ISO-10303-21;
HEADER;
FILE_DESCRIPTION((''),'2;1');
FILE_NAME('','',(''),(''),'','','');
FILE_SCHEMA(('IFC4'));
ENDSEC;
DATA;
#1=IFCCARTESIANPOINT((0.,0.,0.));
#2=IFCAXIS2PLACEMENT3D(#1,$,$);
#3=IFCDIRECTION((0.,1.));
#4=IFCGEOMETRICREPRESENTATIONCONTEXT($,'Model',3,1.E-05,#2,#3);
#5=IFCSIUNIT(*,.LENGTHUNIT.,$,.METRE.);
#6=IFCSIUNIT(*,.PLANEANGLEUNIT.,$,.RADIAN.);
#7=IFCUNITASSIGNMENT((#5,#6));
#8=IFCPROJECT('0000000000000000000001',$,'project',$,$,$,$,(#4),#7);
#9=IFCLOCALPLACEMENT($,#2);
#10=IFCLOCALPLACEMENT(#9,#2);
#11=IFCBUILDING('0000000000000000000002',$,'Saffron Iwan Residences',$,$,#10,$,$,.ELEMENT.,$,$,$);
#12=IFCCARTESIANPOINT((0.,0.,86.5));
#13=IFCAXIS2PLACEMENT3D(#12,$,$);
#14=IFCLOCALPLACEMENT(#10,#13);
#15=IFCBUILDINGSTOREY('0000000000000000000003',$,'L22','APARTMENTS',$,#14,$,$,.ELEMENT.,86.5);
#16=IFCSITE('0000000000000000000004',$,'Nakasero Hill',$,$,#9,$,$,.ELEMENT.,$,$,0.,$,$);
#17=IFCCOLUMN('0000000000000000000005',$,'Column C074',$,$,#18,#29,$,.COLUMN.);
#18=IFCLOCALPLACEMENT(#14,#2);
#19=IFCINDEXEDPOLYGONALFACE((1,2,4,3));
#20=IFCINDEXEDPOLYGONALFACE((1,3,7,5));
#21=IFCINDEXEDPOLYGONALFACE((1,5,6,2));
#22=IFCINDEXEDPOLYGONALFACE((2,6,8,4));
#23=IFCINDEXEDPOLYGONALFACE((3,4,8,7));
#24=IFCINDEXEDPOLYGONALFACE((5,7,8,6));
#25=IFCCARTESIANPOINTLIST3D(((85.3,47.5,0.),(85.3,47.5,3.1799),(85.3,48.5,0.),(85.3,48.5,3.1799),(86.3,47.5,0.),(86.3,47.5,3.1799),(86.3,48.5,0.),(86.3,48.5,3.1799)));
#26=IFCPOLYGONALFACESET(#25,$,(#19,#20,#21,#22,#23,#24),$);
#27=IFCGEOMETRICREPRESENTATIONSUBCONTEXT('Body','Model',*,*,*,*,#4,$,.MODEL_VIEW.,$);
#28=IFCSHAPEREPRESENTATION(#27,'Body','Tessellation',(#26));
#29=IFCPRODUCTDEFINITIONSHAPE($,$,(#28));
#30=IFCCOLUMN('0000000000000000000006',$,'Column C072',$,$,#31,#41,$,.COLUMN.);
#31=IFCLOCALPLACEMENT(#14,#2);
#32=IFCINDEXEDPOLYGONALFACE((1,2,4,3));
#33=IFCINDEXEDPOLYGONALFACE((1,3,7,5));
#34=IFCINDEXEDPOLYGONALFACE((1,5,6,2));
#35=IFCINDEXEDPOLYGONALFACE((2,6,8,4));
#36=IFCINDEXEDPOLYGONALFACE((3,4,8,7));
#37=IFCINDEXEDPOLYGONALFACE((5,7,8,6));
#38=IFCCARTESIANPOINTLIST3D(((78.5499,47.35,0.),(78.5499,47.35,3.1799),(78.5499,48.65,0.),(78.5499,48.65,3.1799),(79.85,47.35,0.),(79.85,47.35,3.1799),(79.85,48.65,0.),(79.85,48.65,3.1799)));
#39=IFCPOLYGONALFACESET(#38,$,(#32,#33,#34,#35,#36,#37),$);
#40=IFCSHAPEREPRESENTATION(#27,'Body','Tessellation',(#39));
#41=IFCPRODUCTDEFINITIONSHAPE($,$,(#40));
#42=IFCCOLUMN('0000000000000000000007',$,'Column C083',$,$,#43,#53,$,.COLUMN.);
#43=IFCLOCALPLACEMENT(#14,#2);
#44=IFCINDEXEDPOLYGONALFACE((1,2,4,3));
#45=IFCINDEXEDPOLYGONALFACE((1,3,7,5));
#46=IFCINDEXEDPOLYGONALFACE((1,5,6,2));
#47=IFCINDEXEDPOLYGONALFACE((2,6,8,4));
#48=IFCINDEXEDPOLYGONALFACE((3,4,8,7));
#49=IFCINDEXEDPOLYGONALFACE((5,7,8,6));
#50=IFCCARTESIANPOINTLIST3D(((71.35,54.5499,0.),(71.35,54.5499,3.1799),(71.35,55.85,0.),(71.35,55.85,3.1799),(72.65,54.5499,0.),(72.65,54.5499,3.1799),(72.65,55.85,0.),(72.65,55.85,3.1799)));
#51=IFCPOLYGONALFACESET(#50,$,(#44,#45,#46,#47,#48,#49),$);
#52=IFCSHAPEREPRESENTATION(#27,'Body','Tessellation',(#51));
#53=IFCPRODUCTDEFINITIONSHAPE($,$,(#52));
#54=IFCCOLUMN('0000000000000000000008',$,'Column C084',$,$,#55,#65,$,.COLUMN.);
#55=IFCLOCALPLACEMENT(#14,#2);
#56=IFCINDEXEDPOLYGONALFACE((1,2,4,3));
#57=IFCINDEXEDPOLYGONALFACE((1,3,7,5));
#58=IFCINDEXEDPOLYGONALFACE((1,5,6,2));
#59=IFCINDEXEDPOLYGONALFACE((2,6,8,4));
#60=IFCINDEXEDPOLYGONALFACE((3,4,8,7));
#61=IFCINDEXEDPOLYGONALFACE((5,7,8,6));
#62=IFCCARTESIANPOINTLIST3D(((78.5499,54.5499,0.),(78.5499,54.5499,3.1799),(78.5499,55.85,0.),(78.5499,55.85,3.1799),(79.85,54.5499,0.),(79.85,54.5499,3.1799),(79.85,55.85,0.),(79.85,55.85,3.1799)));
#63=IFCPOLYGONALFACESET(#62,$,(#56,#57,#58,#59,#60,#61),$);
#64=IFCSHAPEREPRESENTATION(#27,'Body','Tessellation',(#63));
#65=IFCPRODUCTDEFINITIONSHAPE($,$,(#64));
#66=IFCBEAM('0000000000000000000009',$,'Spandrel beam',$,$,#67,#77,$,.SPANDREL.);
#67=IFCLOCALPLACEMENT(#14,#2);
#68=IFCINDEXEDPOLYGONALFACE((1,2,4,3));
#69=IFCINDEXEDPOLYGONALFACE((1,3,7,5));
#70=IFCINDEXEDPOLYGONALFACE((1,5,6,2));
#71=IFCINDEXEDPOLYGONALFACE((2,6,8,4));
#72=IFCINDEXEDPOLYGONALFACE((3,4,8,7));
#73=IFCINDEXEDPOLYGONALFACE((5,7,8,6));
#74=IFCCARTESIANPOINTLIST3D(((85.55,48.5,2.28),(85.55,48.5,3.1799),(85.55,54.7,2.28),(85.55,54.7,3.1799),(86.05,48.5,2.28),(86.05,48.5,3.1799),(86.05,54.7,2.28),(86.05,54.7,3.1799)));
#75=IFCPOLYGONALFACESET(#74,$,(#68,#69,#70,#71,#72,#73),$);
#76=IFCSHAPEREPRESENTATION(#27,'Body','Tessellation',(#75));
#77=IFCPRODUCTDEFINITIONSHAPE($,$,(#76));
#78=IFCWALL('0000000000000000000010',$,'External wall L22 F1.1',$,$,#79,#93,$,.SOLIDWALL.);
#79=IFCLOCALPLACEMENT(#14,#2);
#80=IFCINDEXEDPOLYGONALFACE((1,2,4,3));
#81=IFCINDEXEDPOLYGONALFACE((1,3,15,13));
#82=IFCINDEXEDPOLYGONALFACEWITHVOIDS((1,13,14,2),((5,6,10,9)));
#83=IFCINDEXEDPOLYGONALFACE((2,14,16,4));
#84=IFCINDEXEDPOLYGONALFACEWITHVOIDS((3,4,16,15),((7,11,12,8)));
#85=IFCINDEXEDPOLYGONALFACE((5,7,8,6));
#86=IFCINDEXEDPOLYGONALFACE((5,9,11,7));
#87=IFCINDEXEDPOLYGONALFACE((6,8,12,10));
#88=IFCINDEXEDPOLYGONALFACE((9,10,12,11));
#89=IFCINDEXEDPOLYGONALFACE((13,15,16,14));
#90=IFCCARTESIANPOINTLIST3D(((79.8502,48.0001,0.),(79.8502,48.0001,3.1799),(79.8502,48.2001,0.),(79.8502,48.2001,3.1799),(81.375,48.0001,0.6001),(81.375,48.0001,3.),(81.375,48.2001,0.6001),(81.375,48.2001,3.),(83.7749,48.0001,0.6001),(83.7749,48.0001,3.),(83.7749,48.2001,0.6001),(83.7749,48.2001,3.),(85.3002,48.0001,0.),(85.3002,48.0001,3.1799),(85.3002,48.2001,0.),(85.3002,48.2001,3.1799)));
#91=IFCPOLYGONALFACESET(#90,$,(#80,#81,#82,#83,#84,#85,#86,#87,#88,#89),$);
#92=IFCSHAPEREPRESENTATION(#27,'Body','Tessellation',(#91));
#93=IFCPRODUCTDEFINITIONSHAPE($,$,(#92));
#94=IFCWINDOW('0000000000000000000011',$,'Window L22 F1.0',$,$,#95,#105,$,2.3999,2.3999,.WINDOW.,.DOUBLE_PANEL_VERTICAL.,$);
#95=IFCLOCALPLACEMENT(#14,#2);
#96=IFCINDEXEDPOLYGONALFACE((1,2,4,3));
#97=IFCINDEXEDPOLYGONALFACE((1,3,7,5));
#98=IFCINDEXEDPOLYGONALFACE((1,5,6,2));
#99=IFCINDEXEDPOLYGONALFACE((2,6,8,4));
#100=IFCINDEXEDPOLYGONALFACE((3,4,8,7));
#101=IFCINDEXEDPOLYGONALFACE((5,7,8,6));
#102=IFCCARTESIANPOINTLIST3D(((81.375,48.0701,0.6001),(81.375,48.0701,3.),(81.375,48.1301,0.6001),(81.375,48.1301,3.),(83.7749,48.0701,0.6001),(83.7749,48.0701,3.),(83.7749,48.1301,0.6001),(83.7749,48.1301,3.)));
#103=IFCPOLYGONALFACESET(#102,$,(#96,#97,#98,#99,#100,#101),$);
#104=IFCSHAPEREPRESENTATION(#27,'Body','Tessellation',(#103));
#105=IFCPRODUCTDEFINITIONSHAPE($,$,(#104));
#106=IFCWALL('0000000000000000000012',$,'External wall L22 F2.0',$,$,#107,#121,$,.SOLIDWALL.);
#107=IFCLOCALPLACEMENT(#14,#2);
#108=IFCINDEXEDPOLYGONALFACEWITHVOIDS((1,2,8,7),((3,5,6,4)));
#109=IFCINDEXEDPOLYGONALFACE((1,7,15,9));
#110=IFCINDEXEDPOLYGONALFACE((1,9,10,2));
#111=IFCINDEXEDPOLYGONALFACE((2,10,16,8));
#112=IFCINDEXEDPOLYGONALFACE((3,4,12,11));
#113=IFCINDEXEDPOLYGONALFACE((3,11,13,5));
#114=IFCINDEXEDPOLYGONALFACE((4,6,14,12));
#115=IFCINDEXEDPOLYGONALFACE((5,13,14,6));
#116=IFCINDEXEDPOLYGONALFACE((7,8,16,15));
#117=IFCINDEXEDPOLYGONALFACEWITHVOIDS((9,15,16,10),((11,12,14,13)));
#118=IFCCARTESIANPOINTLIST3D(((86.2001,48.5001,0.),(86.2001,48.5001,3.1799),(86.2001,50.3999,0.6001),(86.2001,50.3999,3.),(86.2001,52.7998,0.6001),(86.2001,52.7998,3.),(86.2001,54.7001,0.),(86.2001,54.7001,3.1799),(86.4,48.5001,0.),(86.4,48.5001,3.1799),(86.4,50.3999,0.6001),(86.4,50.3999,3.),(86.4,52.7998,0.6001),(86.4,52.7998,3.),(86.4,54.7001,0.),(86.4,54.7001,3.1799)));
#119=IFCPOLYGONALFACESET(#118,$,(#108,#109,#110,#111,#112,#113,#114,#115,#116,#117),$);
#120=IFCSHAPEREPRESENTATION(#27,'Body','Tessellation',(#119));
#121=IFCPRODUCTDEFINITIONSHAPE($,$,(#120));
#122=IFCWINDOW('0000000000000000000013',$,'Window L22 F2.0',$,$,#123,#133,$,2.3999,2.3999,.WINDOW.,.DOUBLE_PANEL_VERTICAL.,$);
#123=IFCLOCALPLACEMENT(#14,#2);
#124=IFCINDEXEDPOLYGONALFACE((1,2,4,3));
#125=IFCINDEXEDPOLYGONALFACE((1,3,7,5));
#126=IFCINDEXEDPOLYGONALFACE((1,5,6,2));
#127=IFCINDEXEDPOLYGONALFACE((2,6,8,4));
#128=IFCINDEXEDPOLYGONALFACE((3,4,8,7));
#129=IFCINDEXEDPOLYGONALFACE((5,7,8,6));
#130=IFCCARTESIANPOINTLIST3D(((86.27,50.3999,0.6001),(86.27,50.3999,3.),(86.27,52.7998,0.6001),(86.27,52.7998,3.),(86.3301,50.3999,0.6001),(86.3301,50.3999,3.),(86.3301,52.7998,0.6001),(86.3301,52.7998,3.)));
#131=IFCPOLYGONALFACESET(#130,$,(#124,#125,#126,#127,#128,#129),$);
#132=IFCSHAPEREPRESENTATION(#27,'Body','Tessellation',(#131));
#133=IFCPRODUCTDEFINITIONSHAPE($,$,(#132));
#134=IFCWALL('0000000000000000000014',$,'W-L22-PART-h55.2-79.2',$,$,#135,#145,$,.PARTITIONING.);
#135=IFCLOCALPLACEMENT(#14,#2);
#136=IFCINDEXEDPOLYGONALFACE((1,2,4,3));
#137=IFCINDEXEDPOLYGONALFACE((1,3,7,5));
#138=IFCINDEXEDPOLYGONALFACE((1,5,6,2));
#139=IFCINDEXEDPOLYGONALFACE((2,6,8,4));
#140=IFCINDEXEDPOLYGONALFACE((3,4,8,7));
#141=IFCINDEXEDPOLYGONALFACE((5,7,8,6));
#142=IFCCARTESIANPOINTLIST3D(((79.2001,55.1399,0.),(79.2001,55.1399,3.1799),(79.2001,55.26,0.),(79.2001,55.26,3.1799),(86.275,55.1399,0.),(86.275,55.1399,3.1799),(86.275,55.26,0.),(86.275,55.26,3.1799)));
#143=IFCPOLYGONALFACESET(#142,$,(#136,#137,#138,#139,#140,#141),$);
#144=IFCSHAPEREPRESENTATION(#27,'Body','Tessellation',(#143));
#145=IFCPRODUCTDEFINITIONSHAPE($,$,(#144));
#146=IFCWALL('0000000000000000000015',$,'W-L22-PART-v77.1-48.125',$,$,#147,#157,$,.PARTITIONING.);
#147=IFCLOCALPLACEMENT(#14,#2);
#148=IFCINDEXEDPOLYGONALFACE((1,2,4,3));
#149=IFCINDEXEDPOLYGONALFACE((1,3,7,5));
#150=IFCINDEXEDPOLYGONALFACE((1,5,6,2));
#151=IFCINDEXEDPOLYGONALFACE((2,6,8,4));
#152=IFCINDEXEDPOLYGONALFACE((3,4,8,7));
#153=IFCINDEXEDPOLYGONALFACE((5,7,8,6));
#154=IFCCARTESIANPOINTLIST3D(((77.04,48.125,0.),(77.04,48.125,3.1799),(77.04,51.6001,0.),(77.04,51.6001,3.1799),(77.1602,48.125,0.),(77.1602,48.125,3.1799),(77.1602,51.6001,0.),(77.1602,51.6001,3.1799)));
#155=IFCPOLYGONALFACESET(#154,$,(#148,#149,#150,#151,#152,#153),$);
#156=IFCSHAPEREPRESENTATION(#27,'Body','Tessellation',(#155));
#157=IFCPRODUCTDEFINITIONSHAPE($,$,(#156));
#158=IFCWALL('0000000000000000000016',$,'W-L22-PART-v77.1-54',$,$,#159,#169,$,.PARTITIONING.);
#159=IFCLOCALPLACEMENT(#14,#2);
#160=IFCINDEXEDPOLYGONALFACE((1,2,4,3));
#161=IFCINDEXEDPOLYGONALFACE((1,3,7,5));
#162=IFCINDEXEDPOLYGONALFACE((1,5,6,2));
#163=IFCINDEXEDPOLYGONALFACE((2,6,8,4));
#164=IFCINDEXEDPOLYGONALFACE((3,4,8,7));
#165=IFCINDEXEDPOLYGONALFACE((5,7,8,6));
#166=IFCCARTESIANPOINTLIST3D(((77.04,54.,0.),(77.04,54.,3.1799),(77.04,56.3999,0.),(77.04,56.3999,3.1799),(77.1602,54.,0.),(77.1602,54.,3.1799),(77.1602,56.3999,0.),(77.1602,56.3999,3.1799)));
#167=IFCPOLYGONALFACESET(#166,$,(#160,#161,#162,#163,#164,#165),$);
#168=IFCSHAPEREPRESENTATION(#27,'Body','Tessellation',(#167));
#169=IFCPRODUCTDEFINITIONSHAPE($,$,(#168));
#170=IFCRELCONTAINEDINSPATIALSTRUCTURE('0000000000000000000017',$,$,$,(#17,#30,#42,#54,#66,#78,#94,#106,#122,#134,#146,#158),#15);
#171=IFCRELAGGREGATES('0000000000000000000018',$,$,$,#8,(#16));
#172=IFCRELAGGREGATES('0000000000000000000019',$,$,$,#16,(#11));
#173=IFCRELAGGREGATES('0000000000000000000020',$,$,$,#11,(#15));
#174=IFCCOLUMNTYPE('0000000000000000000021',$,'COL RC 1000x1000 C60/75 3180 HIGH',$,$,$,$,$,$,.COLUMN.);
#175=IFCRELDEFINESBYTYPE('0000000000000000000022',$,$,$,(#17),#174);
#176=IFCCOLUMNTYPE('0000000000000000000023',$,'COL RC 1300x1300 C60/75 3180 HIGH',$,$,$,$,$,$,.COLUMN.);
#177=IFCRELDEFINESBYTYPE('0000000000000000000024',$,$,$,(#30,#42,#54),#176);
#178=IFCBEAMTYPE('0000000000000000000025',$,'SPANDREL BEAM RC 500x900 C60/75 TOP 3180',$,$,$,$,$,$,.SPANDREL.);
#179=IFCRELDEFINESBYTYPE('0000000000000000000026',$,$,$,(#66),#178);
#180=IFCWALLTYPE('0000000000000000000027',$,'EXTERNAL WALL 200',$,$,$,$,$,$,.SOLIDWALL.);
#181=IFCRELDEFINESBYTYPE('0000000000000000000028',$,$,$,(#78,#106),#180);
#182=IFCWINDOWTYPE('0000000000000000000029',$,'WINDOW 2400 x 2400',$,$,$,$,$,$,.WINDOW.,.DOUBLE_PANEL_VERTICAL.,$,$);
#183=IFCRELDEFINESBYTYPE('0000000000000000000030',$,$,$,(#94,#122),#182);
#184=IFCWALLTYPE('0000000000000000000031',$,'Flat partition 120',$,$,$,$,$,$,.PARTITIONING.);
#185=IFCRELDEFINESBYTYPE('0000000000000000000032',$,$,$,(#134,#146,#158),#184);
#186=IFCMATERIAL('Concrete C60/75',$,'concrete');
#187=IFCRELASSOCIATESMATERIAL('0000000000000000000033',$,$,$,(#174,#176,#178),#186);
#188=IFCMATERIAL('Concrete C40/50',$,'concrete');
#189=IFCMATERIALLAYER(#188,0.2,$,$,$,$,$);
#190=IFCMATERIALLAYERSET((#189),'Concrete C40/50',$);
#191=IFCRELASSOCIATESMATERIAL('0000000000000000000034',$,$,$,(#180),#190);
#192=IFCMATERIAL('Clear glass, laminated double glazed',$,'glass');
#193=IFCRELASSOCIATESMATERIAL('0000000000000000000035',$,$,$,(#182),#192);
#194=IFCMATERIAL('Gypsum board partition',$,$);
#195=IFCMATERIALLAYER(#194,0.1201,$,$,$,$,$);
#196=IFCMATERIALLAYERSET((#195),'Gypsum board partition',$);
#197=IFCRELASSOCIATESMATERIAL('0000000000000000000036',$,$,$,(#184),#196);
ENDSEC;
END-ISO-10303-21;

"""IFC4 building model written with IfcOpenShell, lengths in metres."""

from ifc_helpers import new_model, si_unit, direction, frame, frame_2d, origin, origin_2d, place, context, subcontext, project, spatial, rectangle, extrude, source, transform, mapped, material, layer, layer_set, material_profile, profile_set, type_object, element, fill, save


model = new_model("IFC4")

# Units and contexts
model_context = context("Model", 3, precision=1e-05, world=origin(), true_north=direction((0.0, 1.0)))
body_context = subcontext(model_context, "Body", "Model", "MODEL_VIEW")
ifc_project = project(units=[si_unit("LENGTHUNIT", "METRE"), si_unit("PLANEANGLEUNIT", "RADIAN")], contexts=[model_context])

# Site, building, storey
site_placement = place(None, origin())
site = spatial("IfcSite", under=ifc_project, at=site_placement, Name="Nakasero Hill", CompositionType="ELEMENT", RefElevation=0.0)
building_placement = place(site_placement, origin())
building = spatial("IfcBuilding", under=site, at=building_placement, Name="Saffron Iwan Residences", CompositionType="ELEMENT")
storey_placement = place(building_placement, frame((0.0, 0.0, 86.5)))
storey = spatial("IfcBuildingStorey", under=building, at=storey_placement, Name="L22", Description="APARTMENTS", CompositionType="ELEMENT", Elevation=86.5)

# Columns
ifc_material_1 = material(Name="Concrete C60/75", Category="concrete")
ifc_material_profile_1 = material_profile(ifc_material_1, rectangle(XDim=1.0, YDim=1.0, at=origin_2d()), Name="RC 1000x1000")
ifc_profile_set_1 = profile_set([ifc_material_profile_1], Name="Concrete C60/75")
column_type_1 = type_object("IfcColumnType", Name="COL RC 1000x1000 C60/75 3180 HIGH", PredefinedType="COLUMN", material=ifc_profile_set_1)
shared_shape_1 = source(origin(), body_context, "Body", "SweptSolid", [
    extrude(rectangle(XDim=1.0, YDim=1.0, at=origin_2d()), origin(), (0.0, 0.0, 1.0), 3.1799),
])
column_placement = place(storey_placement, frame((85.8, 48.0, 0.0), z_axis=(0.0, 0.0, 1.0), x_axis=(1.0, 0.0, 0.0)))
element("IfcColumn", 1, at=column_placement, inside=storey, type_object=column_type_1, Name="Column C074", PredefinedType="COLUMN", context=body_context, shape_type="MappedRepresentation", body=[
    mapped(shared_shape_1, transform((0.0, 0.0, 0.0))),
])
ifc_material_profile_2 = material_profile(ifc_material_1, rectangle(XDim=1.3, YDim=1.3, at=origin_2d()), Name="RC 1300x1300")
ifc_profile_set_2 = profile_set([ifc_material_profile_2], Name="Concrete C60/75")
column_type_2 = type_object("IfcColumnType", Name="COL RC 1300x1300 C60/75 3180 HIGH", PredefinedType="COLUMN", material=ifc_profile_set_2)
shared_shape_2 = source(origin(), body_context, "Body", "SweptSolid", [
    extrude(rectangle(XDim=1.3, YDim=1.3, at=origin_2d()), origin(), (0.0, 0.0, 1.0), 3.1799),
])
for number, where, z_axis, x_axis, name in (
    (2, (79.2, 48.0, 0.0), (0.0, 0.0, 1.0), (1.0, 0.0, 0.0), "Column C072"),
    (3, (72.0, 55.2, 0.0), (0.0, 0.0, 1.0), (1.0, 0.0, 0.0), "Column C083"),
    (4, (79.2, 55.2, 0.0), (0.0, 0.0, 1.0), (1.0, 0.0, 0.0), "Column C084"),
):
    element("IfcColumn", number, at=place(storey_placement, frame(where, z_axis=z_axis, x_axis=x_axis)), inside=storey, type_object=column_type_2, Name=name, PredefinedType="COLUMN", context=body_context, shape_type="MappedRepresentation", body=[
        mapped(shared_shape_2, transform((0.0, 0.0, 0.0))),
    ])

# Beam
ifc_material_profile_3 = material_profile(ifc_material_1, rectangle(XDim=0.5, YDim=0.8999, at=origin_2d()), Name="RC 500x900")
ifc_profile_set_3 = profile_set([ifc_material_profile_3], Name="Concrete C60/75")
beam_type = type_object("IfcBeamType", Name="SPANDREL BEAM RC 500x900 C60/75 TOP 3180", PredefinedType="SPANDREL", material=ifc_profile_set_3)
shared_shape_3 = source(origin(), body_context, "Body", "SweptSolid", [
    extrude(rectangle(XDim=0.5, YDim=0.8999, at=origin_2d()), origin(), (0.0, 0.0, 1.0), 6.2),
])
beam_placement = place(storey_placement, frame((85.8, 54.7, 2.73), z_axis=(0.0, -1.0, 0.0), x_axis=(1.0, 0.0, 0.0)))
element("IfcBeam", 5, at=beam_placement, inside=storey, type_object=beam_type, Name="Spandrel beam", PredefinedType="SPANDREL", context=body_context, shape_type="MappedRepresentation", body=[
    mapped(shared_shape_3, transform((0.0, 0.0, 0.0))),
])

# Walls, openings, windows
ifc_material_2 = material(Name="Concrete C40/50", Category="concrete")
ifc_layer_1 = layer(ifc_material_2, 0.2)
ifc_layer_set_1 = layer_set([ifc_layer_1], Name="Concrete C40/50")
wall_type_1 = type_object("IfcWallType", Name="EXTERNAL WALL 200", PredefinedType="SOLIDWALL", material=ifc_layer_set_1)
wall_1_placement = place(storey_placement, frame((79.8501, 48.1001, 0.0), z_axis=(0.0, 0.0, 1.0), x_axis=(1.0, 0.0, 0.0)))
wall_1 = element("IfcWall", 6, at=wall_1_placement, inside=storey, type_object=wall_type_1, Name="External wall L22 F1.1", PredefinedType="SOLIDWALL", context=body_context, shape_type="SweptSolid", body=[
    extrude(rectangle(XDim=5.45, YDim=0.2, at=frame_2d((2.7251, 0.0))), origin(), (0.0, 0.0, 1.0), 3.1799),
])
opening_1_placement = place(wall_1_placement, frame((1.5249, 0.0, 0.6001)))
opening_1 = element("IfcOpeningElement", 7, at=opening_1_placement, cuts=wall_1, PredefinedType="OPENING", context=body_context, shape_type="SweptSolid", body=[
    extrude(rectangle(XDim=2.3999, YDim=2.3999, at=frame_2d((1.2, 1.2))), frame((0.0, 0.1099, 0.0), z_axis=(0.0, -1.0, 0.0), x_axis=(1.0, 0.0, 0.0)), (0.0, 0.0, 1.0), 0.22),
])
ifc_material_3 = material(Name="Clear glass, laminated double glazed", Category="glass")
window_type = type_object("IfcWindowType", Name="WINDOW 2400 x 2400", PartitioningType="DOUBLE_PANEL_VERTICAL", PredefinedType="WINDOW", material=ifc_material_3)
window_1_placement = place(opening_1_placement, origin())
window_1 = element("IfcWindow", 8, at=window_1_placement, inside=storey, type_object=window_type, Name="Window L22 F1.0", OverallHeight=2.3999, OverallWidth=2.3999, PartitioningType="DOUBLE_PANEL_VERTICAL", PredefinedType="WINDOW", context=body_context, shape_type="SweptSolid", body=[
    extrude(rectangle(XDim=2.3999, YDim=2.3999, at=frame_2d((1.2, 1.2))), frame((0.0, 0.03, 0.0), z_axis=(0.0, -1.0, 0.0), x_axis=(1.0, 0.0, 0.0)), (0.0, 0.0, 1.0), 0.0601),
])
fill(opening_1, window_1)
wall_2_placement = place(storey_placement, frame((86.3, 48.5, 0.0), z_axis=(0.0, 0.0, 1.0), x_axis=(0.0, 1.0, 0.0)))
wall_2 = element("IfcWall", 9, at=wall_2_placement, inside=storey, type_object=wall_type_1, Name="External wall L22 F2.0", PredefinedType="SOLIDWALL", context=body_context, shape_type="SweptSolid", body=[
    extrude(rectangle(XDim=6.2, YDim=0.2, at=frame_2d((3.1001, 0.0))), origin(), (0.0, 0.0, 1.0), 3.1799),
])
opening_2_placement = place(wall_2_placement, frame((1.8999, 0.0, 0.6001)))
opening_2 = element("IfcOpeningElement", 10, at=opening_2_placement, cuts=wall_2, PredefinedType="OPENING", context=body_context, shape_type="SweptSolid", body=[
    extrude(rectangle(XDim=2.3999, YDim=2.3999, at=frame_2d((1.2, 1.2))), frame((0.0, 0.1099, 0.0), z_axis=(0.0, -1.0, 0.0), x_axis=(1.0, 0.0, 0.0)), (0.0, 0.0, 1.0), 0.22),
])
window_2_placement = place(opening_2_placement, origin())
window_2 = element("IfcWindow", 11, at=window_2_placement, inside=storey, type_object=window_type, Name="Window L22 F2.0", OverallHeight=2.3999, OverallWidth=2.3999, PartitioningType="DOUBLE_PANEL_VERTICAL", PredefinedType="WINDOW", context=body_context, shape_type="SweptSolid", body=[
    extrude(rectangle(XDim=2.3999, YDim=2.3999, at=frame_2d((1.2, 1.2))), frame((0.0, 0.03, 0.0), z_axis=(0.0, -1.0, 0.0), x_axis=(1.0, 0.0, 0.0)), (0.0, 0.0, 1.0), 0.0601),
])
fill(opening_2, window_2)

# Walls
ifc_material_4 = material(Name="Gypsum board partition")
ifc_layer_2 = layer(ifc_material_4, 0.1201)
ifc_layer_set_2 = layer_set([ifc_layer_2], Name="Gypsum board partition")
wall_type_2 = type_object("IfcWallType", Name="Flat partition 120", PredefinedType="PARTITIONING", material=ifc_layer_set_2)
wall_3_placement = place(storey_placement, frame((79.2, 55.2, 0.0), z_axis=(0.0, 0.0, 1.0), x_axis=(1.0, 0.0, 0.0)))
element("IfcWall", 12, at=wall_3_placement, inside=storey, type_object=wall_type_2, Name="W-L22-PART-h55.2-79.2", PredefinedType="PARTITIONING", context=body_context, shape_type="SweptSolid", body=[
    extrude(rectangle(XDim=7.075, YDim=0.1201, at=frame_2d((3.5376, 0.0))), origin(), (0.0, 0.0, 1.0), 3.1799),
])
wall_4_placement = place(storey_placement, frame((77.1001, 48.125, 0.0), z_axis=(0.0, 0.0, 1.0), x_axis=(0.0, 1.0, 0.0)))
element("IfcWall", 13, at=wall_4_placement, inside=storey, type_object=wall_type_2, Name="W-L22-PART-v77.1-48.125", PredefinedType="PARTITIONING", context=body_context, shape_type="SweptSolid", body=[
    extrude(rectangle(XDim=3.4751, YDim=0.1201, at=frame_2d((1.7375, 0.0))), origin(), (0.0, 0.0, 1.0), 3.1799),
])
wall_5_placement = place(storey_placement, frame((77.1001, 54.0, 0.0), z_axis=(0.0, 0.0, 1.0), x_axis=(0.0, 1.0, 0.0)))
element("IfcWall", 14, at=wall_5_placement, inside=storey, type_object=wall_type_2, Name="W-L22-PART-v77.1-54", PredefinedType="PARTITIONING", context=body_context, shape_type="SweptSolid", body=[
    extrude(rectangle(XDim=2.3999, YDim=0.1201, at=frame_2d((1.2, 0.0))), origin(), (0.0, 0.0, 1.0), 3.1799),
])

save(model, "model.ifc")
